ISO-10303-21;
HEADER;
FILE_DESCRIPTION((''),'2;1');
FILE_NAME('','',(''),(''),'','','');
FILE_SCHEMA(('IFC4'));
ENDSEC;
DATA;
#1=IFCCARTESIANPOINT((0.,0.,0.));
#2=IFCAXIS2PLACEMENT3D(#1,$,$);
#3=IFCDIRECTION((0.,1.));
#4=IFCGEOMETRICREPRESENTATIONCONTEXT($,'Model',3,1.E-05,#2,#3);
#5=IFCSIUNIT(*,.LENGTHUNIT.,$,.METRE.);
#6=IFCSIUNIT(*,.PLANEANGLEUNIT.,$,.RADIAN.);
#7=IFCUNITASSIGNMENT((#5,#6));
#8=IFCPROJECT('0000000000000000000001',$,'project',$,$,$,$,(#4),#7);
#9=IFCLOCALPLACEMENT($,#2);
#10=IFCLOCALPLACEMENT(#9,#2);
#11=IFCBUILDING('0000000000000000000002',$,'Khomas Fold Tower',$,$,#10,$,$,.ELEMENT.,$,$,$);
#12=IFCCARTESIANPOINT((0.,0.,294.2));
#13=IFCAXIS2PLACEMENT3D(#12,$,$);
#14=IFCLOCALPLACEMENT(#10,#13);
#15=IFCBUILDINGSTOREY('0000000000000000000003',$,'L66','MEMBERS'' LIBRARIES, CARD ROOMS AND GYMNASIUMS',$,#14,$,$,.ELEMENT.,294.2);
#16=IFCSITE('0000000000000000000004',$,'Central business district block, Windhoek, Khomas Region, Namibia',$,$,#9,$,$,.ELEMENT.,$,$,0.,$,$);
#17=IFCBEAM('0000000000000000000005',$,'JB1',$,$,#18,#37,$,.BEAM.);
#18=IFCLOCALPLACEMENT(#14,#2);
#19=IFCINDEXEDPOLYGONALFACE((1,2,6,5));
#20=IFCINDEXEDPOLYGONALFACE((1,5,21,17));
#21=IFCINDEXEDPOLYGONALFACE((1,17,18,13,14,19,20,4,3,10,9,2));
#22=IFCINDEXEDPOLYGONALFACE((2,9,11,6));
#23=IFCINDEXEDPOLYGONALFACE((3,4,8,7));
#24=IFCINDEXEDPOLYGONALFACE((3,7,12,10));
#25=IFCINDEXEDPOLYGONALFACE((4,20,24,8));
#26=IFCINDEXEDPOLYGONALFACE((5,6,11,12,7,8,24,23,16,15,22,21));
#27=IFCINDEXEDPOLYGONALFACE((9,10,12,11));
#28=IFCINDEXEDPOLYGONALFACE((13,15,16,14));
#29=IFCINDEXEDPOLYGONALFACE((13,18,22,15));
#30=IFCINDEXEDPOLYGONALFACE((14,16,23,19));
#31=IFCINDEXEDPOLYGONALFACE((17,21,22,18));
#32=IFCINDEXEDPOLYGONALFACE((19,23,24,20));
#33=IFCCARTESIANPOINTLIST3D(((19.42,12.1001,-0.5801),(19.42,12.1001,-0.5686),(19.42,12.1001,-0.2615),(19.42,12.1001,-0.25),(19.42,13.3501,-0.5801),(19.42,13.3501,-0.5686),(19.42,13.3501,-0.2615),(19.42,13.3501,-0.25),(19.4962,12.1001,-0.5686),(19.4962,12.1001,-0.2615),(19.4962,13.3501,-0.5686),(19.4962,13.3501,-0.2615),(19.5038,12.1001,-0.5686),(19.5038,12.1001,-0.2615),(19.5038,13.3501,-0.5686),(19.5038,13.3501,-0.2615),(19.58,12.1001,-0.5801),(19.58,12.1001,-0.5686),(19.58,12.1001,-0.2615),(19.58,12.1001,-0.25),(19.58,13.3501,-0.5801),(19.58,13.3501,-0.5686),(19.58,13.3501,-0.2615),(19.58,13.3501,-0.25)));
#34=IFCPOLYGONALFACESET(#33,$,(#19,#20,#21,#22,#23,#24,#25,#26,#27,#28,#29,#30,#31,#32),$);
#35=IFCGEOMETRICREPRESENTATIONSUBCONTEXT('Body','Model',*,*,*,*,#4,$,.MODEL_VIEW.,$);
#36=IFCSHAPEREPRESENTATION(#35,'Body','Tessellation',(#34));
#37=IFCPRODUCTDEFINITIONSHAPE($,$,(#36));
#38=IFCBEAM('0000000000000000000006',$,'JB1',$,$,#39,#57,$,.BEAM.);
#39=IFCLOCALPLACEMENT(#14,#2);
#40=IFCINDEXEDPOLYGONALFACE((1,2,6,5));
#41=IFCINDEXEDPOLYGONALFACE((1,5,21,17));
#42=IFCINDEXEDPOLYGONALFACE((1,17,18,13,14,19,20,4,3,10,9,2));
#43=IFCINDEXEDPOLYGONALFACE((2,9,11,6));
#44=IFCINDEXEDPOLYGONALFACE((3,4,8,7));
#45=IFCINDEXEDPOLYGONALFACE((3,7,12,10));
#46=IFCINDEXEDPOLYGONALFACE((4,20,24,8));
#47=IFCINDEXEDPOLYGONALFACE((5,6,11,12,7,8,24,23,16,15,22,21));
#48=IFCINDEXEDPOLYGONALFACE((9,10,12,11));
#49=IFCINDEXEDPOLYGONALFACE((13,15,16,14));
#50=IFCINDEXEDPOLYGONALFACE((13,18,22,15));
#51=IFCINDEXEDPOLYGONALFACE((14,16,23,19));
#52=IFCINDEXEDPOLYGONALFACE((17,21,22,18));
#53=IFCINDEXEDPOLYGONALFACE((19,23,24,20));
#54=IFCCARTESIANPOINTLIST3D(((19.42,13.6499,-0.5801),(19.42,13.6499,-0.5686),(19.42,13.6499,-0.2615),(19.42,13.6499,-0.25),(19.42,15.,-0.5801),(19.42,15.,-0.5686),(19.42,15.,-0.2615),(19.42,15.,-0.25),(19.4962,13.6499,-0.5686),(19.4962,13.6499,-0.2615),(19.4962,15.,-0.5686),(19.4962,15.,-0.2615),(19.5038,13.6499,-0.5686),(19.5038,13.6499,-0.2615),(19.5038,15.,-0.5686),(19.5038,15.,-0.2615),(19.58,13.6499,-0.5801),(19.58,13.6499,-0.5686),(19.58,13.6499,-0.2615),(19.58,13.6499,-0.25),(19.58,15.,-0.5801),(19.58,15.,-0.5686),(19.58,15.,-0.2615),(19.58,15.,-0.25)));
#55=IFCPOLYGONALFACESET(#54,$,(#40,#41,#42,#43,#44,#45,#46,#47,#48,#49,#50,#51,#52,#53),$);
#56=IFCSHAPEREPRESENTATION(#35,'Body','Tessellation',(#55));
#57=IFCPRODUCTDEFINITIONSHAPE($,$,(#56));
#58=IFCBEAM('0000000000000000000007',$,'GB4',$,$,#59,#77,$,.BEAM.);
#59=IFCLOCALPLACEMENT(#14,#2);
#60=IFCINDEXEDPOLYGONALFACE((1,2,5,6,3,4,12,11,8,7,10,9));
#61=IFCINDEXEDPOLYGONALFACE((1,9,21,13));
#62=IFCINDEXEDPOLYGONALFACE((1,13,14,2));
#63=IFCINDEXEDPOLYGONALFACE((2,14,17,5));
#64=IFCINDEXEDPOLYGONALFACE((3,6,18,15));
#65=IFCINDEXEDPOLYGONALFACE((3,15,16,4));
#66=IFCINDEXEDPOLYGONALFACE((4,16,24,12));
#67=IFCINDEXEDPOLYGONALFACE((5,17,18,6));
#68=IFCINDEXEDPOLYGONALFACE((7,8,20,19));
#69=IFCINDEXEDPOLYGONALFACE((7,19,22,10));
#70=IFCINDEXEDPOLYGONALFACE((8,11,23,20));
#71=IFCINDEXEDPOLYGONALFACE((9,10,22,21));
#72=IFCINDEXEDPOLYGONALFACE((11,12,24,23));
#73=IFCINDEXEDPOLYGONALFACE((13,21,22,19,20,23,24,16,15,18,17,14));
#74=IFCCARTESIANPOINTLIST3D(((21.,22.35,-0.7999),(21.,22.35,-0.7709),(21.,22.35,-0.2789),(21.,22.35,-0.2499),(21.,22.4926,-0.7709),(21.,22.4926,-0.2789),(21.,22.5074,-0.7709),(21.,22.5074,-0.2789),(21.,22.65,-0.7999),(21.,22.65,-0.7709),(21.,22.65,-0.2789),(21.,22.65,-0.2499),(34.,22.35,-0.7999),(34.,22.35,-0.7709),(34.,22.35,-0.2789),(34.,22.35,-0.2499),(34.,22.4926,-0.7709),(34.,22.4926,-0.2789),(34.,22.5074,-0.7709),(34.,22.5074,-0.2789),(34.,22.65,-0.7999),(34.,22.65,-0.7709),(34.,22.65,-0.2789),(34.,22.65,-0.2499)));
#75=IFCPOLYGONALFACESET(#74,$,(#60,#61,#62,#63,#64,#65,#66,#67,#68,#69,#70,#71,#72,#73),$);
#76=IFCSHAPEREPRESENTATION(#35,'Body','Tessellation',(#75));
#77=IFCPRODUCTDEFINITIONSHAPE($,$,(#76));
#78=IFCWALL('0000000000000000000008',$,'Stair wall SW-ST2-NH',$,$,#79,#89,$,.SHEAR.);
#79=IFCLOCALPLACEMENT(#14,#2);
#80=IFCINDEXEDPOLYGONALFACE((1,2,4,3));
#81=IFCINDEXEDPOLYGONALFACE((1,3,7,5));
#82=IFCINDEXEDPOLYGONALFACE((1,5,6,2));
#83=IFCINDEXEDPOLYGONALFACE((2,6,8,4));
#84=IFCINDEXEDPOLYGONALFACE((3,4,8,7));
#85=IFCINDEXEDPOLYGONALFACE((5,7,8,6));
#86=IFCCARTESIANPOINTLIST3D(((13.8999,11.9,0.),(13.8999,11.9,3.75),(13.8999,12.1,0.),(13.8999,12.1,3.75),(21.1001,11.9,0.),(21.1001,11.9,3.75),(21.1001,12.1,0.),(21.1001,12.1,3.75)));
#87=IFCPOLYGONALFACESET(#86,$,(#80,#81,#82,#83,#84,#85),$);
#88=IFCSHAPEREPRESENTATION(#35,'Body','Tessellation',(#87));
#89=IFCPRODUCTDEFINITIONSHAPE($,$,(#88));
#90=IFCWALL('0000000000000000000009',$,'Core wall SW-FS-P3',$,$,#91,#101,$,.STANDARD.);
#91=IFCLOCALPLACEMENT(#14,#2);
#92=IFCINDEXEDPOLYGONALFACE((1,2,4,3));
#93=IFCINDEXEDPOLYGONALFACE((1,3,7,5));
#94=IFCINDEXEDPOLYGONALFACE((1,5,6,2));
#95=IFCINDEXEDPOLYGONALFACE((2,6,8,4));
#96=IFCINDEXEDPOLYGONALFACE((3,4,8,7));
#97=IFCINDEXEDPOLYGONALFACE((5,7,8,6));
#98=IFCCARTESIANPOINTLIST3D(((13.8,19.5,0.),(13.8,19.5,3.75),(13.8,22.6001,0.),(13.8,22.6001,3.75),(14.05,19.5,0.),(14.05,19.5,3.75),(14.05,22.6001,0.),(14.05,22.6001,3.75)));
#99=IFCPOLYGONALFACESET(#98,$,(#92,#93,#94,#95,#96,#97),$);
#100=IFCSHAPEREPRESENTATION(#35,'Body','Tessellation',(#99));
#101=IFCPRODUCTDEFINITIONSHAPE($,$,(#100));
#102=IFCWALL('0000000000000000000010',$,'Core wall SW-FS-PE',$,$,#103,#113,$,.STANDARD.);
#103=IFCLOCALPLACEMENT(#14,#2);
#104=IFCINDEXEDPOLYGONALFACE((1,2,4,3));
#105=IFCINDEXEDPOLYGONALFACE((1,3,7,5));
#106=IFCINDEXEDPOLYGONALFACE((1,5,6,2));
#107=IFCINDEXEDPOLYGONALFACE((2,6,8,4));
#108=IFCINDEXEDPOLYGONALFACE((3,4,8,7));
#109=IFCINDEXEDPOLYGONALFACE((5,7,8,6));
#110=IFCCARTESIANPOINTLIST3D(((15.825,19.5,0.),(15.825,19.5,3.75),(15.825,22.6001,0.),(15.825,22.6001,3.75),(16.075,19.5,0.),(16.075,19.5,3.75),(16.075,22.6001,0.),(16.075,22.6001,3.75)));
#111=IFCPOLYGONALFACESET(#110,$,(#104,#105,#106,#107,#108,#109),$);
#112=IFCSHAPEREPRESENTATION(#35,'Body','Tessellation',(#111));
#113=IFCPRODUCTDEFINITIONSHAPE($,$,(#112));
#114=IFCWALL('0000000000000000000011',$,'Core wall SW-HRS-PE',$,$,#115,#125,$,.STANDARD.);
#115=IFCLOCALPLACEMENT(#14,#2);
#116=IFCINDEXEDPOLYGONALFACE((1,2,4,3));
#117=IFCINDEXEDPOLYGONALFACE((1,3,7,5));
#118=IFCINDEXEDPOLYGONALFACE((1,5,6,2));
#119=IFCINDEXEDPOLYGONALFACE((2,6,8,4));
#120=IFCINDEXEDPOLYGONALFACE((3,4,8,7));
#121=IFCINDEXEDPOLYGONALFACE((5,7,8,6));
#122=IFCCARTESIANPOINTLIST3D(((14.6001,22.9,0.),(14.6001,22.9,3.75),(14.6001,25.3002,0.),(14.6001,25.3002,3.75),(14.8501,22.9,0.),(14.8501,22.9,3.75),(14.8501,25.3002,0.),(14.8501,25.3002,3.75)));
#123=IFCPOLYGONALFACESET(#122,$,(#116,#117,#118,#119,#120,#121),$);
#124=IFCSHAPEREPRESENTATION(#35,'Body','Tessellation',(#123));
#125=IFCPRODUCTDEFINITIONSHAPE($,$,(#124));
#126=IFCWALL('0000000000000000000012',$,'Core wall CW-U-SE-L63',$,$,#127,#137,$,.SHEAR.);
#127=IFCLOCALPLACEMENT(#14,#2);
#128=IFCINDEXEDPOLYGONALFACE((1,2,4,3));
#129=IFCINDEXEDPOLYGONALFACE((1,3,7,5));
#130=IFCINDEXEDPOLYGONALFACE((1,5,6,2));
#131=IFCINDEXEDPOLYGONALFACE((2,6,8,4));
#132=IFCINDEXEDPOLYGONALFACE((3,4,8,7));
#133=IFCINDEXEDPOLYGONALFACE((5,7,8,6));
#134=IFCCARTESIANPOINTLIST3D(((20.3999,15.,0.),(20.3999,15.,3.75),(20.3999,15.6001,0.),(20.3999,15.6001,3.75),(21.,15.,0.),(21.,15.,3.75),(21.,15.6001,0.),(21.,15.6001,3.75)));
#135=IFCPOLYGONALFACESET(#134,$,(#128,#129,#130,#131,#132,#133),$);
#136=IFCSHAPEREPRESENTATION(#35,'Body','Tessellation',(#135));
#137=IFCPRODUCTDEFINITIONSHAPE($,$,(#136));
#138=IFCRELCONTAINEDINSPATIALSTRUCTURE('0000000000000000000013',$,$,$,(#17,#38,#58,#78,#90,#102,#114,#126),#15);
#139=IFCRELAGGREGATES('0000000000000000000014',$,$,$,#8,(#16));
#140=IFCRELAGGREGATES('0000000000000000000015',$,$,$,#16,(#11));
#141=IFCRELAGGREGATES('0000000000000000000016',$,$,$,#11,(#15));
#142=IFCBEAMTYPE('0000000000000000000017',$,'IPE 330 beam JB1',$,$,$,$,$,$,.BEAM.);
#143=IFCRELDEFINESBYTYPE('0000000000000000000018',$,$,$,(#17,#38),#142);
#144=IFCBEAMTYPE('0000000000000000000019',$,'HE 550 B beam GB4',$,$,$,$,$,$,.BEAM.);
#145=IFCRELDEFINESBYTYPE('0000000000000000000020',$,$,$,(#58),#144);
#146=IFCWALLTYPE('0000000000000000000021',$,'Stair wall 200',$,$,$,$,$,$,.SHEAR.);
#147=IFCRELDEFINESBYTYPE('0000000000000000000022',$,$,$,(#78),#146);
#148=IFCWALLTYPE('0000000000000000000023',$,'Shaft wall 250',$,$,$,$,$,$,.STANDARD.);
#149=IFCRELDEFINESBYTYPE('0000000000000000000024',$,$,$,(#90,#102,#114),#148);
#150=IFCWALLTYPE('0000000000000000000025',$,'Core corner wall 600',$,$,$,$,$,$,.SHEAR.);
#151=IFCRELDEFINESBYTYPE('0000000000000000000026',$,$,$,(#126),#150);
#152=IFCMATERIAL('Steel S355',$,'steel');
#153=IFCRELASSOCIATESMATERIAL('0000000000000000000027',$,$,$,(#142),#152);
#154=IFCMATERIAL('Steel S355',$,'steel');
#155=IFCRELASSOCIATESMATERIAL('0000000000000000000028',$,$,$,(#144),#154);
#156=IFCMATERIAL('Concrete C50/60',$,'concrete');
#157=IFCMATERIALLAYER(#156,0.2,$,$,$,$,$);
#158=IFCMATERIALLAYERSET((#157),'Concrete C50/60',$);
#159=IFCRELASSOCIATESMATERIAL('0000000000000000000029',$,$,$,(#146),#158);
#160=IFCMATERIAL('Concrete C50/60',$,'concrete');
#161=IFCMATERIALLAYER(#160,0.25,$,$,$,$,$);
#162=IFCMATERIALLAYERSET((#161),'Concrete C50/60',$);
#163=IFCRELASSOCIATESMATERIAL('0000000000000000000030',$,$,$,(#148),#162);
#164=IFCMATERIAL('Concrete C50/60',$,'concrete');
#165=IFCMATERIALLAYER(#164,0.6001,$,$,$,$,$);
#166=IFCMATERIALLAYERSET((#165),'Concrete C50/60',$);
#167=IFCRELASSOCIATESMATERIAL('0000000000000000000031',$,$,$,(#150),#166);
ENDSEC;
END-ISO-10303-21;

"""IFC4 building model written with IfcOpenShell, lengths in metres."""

from ifc_helpers import new_model, si_unit, direction, frame, frame_2d, origin, origin_2d, place, context, subcontext, project, spatial, rectangle, i_section, extrude, source, transform, mapped, material, layer, layer_set, material_profile, profile_set, type_object, element, save


model = new_model("IFC4")

# Units and contexts
model_context = context("Model", 3, precision=1e-05, world=origin(), true_north=direction((0.0, 1.0)))
body_context = subcontext(model_context, "Body", "Model", "MODEL_VIEW")
ifc_project = project(units=[si_unit("LENGTHUNIT", "METRE"), si_unit("PLANEANGLEUNIT", "RADIAN")], contexts=[model_context])

# Site, building, storey
site_placement = place(None, origin())
site = spatial("IfcSite", under=ifc_project, at=site_placement, Name="Central business district block, Windhoek, Khomas Region, Namibia", CompositionType="ELEMENT", RefElevation=0.0)
building_placement = place(site_placement, origin())
building = spatial("IfcBuilding", under=site, at=building_placement, Name="Khomas Fold Tower", CompositionType="ELEMENT")
storey_placement = place(building_placement, frame((0.0, 0.0, 294.2)))
storey = spatial("IfcBuildingStorey", under=building, at=storey_placement, Name="L66", Description="MEMBERS' LIBRARIES, CARD ROOMS AND GYMNASIUMS", CompositionType="ELEMENT", Elevation=294.2)

# Beams
ifc_material_1 = material(Name="Steel S355", Category="steel")
ifc_material_profile_1 = material_profile(ifc_material_1, i_section(OverallWidth=0.1599, OverallDepth=0.3301, WebThickness=0.0076, FlangeThickness=0.0115, at=origin_2d()), Name="IPE 330")
ifc_profile_set_1 = profile_set([ifc_material_profile_1], Name="Steel S355")
beam_type_1 = type_object("IfcBeamType", Name="IPE 330 beam JB1", PredefinedType="BEAM", material=ifc_profile_set_1)
shared_shape_1 = source(origin(), body_context, "Body", "SweptSolid", [
    extrude(i_section(OverallWidth=0.1599, OverallDepth=0.3301, WebThickness=0.0076, FlangeThickness=0.0115, at=origin_2d()), origin(), (0.0, 0.0, 1.0), 1.25),
])
beam_1_placement = place(storey_placement, frame((19.5, 12.1001, -0.415), z_axis=(0.0, 1.0, 0.0), x_axis=(-1.0, 0.0, 0.0)))
element("IfcBeam", 1, at=beam_1_placement, inside=storey, type_object=beam_type_1, Name="JB1", PredefinedType="BEAM", context=body_context, shape_type="MappedRepresentation", body=[
    mapped(shared_shape_1, transform((0.0, 0.0, 0.0))),
])
shared_shape_2 = source(origin(), body_context, "Body", "SweptSolid", [
    extrude(i_section(OverallWidth=0.1599, OverallDepth=0.3301, WebThickness=0.0076, FlangeThickness=0.0115, at=origin_2d()), origin(), (0.0, 0.0, 1.0), 1.3501),
])
beam_2_placement = place(storey_placement, frame((19.5, 13.6499, -0.415), z_axis=(0.0, 1.0, 0.0), x_axis=(-1.0, 0.0, 0.0)))
element("IfcBeam", 2, at=beam_2_placement, inside=storey, type_object=beam_type_1, Name="JB1", PredefinedType="BEAM", context=body_context, shape_type="MappedRepresentation", body=[
    mapped(shared_shape_2, transform((0.0, 0.0, 0.0))),
])
ifc_material_2 = material(Name="Steel S355", Category="steel")
ifc_material_profile_2 = material_profile(ifc_material_2, i_section(OverallWidth=0.3, OverallDepth=0.55, WebThickness=0.0149, FlangeThickness=0.0291, at=origin_2d()), Name="HE 550 B")
ifc_profile_set_2 = profile_set([ifc_material_profile_2], Name="Steel S355")
beam_type_2 = type_object("IfcBeamType", Name="HE 550 B beam GB4", PredefinedType="BEAM", material=ifc_profile_set_2)
shared_shape_3 = source(origin(), body_context, "Body", "SweptSolid", [
    extrude(i_section(OverallWidth=0.3, OverallDepth=0.55, WebThickness=0.0149, FlangeThickness=0.0291, at=origin_2d()), origin(), (0.0, 0.0, 1.0), 13.0),
])
beam_3_placement = place(storey_placement, frame((21.0, 22.5, -0.5249), z_axis=(1.0, 0.0, 0.0), x_axis=(0.0, 1.0, 0.0)))
element("IfcBeam", 3, at=beam_3_placement, inside=storey, type_object=beam_type_2, Name="GB4", PredefinedType="BEAM", context=body_context, shape_type="MappedRepresentation", body=[
    mapped(shared_shape_3, transform((0.0, 0.0, 0.0))),
])

# Walls
ifc_material_3 = material(Name="Concrete C50/60", Category="concrete")
ifc_layer_1 = layer(ifc_material_3, 0.2)
ifc_layer_set_1 = layer_set([ifc_layer_1], Name="Concrete C50/60")
wall_type_1 = type_object("IfcWallType", Name="Stair wall 200", PredefinedType="SHEAR", material=ifc_layer_set_1)
shared_shape_4 = source(origin(), body_context, "Body", "SweptSolid", [
    extrude(rectangle(XDim=7.2002, YDim=0.2, at=frame_2d((3.6001, 0.0))), origin(), (0.0, 0.0, 1.0), 3.75),
])
wall_1_placement = place(storey_placement, frame((13.8999, 12.0, 0.0), z_axis=(0.0, 0.0, 1.0), x_axis=(1.0, 0.0, 0.0)))
element("IfcWall", 4, at=wall_1_placement, inside=storey, type_object=wall_type_1, Name="Stair wall SW-ST2-NH", PredefinedType="SHEAR", context=body_context, shape_type="MappedRepresentation", body=[
    mapped(shared_shape_4, transform((0.0, 0.0, 0.0))),
])
ifc_material_4 = material(Name="Concrete C50/60", Category="concrete")
ifc_layer_2 = layer(ifc_material_4, 0.25)
ifc_layer_set_2 = layer_set([ifc_layer_2], Name="Concrete C50/60")
wall_type_2 = type_object("IfcWallType", Name="Shaft wall 250", PredefinedType="STANDARD", material=ifc_layer_set_2)
shared_shape_5 = source(origin(), body_context, "Body", "SweptSolid", [
    extrude(rectangle(XDim=3.1001, YDim=0.25, at=frame_2d((1.55, 0.0))), origin(), (0.0, 0.0, 1.0), 3.75),
])
for number, where, z_axis, x_axis, name in (
    (5, (13.925, 19.5, 0.0), (0.0, 0.0, 1.0), (0.0, 1.0, 0.0), "Core wall SW-FS-P3"),
    (6, (15.95, 19.5, 0.0), (0.0, 0.0, 1.0), (0.0, 1.0, 0.0), "Core wall SW-FS-PE"),
):
    element("IfcWall", number, at=place(storey_placement, frame(where, z_axis=z_axis, x_axis=x_axis)), inside=storey, type_object=wall_type_2, Name=name, PredefinedType="STANDARD", context=body_context, shape_type="MappedRepresentation", body=[
        mapped(shared_shape_5, transform((0.0, 0.0, 0.0))),
    ])
shared_shape_6 = source(origin(), body_context, "Body", "SweptSolid", [
    extrude(rectangle(XDim=2.4001, YDim=0.25, at=frame_2d((1.2002, 0.0))), origin(), (0.0, 0.0, 1.0), 3.75),
])
wall_2_placement = place(storey_placement, frame((14.7251, 22.8999, 0.0), z_axis=(0.0, 0.0, 1.0), x_axis=(0.0, 1.0, 0.0)))
element("IfcWall", 7, at=wall_2_placement, inside=storey, type_object=wall_type_2, Name="Core wall SW-HRS-PE", PredefinedType="STANDARD", context=body_context, shape_type="MappedRepresentation", body=[
    mapped(shared_shape_6, transform((0.0, 0.0, 0.0))),
])
ifc_material_5 = material(Name="Concrete C50/60", Category="concrete")
ifc_layer_3 = layer(ifc_material_5, 0.6001)
ifc_layer_set_3 = layer_set([ifc_layer_3], Name="Concrete C50/60")
wall_type_3 = type_object("IfcWallType", Name="Core corner wall 600", PredefinedType="SHEAR", material=ifc_layer_set_3)
shared_shape_7 = source(origin(), body_context, "Body", "SweptSolid", [
    extrude(rectangle(XDim=0.6001, YDim=0.6001, at=frame_2d((0.3, 0.0))), origin(), (0.0, 0.0, 1.0), 3.75),
])
wall_3_placement = place(storey_placement, frame((20.3999, 15.3, 0.0), z_axis=(0.0, 0.0, 1.0), x_axis=(1.0, 0.0, 0.0)))
element("IfcWall", 8, at=wall_3_placement, inside=storey, type_object=wall_type_3, Name="Core wall CW-U-SE-L63", PredefinedType="SHEAR", context=body_context, shape_type="MappedRepresentation", body=[
    mapped(shared_shape_7, transform((0.0, 0.0, 0.0))),
])

save(model, "model.ifc")
